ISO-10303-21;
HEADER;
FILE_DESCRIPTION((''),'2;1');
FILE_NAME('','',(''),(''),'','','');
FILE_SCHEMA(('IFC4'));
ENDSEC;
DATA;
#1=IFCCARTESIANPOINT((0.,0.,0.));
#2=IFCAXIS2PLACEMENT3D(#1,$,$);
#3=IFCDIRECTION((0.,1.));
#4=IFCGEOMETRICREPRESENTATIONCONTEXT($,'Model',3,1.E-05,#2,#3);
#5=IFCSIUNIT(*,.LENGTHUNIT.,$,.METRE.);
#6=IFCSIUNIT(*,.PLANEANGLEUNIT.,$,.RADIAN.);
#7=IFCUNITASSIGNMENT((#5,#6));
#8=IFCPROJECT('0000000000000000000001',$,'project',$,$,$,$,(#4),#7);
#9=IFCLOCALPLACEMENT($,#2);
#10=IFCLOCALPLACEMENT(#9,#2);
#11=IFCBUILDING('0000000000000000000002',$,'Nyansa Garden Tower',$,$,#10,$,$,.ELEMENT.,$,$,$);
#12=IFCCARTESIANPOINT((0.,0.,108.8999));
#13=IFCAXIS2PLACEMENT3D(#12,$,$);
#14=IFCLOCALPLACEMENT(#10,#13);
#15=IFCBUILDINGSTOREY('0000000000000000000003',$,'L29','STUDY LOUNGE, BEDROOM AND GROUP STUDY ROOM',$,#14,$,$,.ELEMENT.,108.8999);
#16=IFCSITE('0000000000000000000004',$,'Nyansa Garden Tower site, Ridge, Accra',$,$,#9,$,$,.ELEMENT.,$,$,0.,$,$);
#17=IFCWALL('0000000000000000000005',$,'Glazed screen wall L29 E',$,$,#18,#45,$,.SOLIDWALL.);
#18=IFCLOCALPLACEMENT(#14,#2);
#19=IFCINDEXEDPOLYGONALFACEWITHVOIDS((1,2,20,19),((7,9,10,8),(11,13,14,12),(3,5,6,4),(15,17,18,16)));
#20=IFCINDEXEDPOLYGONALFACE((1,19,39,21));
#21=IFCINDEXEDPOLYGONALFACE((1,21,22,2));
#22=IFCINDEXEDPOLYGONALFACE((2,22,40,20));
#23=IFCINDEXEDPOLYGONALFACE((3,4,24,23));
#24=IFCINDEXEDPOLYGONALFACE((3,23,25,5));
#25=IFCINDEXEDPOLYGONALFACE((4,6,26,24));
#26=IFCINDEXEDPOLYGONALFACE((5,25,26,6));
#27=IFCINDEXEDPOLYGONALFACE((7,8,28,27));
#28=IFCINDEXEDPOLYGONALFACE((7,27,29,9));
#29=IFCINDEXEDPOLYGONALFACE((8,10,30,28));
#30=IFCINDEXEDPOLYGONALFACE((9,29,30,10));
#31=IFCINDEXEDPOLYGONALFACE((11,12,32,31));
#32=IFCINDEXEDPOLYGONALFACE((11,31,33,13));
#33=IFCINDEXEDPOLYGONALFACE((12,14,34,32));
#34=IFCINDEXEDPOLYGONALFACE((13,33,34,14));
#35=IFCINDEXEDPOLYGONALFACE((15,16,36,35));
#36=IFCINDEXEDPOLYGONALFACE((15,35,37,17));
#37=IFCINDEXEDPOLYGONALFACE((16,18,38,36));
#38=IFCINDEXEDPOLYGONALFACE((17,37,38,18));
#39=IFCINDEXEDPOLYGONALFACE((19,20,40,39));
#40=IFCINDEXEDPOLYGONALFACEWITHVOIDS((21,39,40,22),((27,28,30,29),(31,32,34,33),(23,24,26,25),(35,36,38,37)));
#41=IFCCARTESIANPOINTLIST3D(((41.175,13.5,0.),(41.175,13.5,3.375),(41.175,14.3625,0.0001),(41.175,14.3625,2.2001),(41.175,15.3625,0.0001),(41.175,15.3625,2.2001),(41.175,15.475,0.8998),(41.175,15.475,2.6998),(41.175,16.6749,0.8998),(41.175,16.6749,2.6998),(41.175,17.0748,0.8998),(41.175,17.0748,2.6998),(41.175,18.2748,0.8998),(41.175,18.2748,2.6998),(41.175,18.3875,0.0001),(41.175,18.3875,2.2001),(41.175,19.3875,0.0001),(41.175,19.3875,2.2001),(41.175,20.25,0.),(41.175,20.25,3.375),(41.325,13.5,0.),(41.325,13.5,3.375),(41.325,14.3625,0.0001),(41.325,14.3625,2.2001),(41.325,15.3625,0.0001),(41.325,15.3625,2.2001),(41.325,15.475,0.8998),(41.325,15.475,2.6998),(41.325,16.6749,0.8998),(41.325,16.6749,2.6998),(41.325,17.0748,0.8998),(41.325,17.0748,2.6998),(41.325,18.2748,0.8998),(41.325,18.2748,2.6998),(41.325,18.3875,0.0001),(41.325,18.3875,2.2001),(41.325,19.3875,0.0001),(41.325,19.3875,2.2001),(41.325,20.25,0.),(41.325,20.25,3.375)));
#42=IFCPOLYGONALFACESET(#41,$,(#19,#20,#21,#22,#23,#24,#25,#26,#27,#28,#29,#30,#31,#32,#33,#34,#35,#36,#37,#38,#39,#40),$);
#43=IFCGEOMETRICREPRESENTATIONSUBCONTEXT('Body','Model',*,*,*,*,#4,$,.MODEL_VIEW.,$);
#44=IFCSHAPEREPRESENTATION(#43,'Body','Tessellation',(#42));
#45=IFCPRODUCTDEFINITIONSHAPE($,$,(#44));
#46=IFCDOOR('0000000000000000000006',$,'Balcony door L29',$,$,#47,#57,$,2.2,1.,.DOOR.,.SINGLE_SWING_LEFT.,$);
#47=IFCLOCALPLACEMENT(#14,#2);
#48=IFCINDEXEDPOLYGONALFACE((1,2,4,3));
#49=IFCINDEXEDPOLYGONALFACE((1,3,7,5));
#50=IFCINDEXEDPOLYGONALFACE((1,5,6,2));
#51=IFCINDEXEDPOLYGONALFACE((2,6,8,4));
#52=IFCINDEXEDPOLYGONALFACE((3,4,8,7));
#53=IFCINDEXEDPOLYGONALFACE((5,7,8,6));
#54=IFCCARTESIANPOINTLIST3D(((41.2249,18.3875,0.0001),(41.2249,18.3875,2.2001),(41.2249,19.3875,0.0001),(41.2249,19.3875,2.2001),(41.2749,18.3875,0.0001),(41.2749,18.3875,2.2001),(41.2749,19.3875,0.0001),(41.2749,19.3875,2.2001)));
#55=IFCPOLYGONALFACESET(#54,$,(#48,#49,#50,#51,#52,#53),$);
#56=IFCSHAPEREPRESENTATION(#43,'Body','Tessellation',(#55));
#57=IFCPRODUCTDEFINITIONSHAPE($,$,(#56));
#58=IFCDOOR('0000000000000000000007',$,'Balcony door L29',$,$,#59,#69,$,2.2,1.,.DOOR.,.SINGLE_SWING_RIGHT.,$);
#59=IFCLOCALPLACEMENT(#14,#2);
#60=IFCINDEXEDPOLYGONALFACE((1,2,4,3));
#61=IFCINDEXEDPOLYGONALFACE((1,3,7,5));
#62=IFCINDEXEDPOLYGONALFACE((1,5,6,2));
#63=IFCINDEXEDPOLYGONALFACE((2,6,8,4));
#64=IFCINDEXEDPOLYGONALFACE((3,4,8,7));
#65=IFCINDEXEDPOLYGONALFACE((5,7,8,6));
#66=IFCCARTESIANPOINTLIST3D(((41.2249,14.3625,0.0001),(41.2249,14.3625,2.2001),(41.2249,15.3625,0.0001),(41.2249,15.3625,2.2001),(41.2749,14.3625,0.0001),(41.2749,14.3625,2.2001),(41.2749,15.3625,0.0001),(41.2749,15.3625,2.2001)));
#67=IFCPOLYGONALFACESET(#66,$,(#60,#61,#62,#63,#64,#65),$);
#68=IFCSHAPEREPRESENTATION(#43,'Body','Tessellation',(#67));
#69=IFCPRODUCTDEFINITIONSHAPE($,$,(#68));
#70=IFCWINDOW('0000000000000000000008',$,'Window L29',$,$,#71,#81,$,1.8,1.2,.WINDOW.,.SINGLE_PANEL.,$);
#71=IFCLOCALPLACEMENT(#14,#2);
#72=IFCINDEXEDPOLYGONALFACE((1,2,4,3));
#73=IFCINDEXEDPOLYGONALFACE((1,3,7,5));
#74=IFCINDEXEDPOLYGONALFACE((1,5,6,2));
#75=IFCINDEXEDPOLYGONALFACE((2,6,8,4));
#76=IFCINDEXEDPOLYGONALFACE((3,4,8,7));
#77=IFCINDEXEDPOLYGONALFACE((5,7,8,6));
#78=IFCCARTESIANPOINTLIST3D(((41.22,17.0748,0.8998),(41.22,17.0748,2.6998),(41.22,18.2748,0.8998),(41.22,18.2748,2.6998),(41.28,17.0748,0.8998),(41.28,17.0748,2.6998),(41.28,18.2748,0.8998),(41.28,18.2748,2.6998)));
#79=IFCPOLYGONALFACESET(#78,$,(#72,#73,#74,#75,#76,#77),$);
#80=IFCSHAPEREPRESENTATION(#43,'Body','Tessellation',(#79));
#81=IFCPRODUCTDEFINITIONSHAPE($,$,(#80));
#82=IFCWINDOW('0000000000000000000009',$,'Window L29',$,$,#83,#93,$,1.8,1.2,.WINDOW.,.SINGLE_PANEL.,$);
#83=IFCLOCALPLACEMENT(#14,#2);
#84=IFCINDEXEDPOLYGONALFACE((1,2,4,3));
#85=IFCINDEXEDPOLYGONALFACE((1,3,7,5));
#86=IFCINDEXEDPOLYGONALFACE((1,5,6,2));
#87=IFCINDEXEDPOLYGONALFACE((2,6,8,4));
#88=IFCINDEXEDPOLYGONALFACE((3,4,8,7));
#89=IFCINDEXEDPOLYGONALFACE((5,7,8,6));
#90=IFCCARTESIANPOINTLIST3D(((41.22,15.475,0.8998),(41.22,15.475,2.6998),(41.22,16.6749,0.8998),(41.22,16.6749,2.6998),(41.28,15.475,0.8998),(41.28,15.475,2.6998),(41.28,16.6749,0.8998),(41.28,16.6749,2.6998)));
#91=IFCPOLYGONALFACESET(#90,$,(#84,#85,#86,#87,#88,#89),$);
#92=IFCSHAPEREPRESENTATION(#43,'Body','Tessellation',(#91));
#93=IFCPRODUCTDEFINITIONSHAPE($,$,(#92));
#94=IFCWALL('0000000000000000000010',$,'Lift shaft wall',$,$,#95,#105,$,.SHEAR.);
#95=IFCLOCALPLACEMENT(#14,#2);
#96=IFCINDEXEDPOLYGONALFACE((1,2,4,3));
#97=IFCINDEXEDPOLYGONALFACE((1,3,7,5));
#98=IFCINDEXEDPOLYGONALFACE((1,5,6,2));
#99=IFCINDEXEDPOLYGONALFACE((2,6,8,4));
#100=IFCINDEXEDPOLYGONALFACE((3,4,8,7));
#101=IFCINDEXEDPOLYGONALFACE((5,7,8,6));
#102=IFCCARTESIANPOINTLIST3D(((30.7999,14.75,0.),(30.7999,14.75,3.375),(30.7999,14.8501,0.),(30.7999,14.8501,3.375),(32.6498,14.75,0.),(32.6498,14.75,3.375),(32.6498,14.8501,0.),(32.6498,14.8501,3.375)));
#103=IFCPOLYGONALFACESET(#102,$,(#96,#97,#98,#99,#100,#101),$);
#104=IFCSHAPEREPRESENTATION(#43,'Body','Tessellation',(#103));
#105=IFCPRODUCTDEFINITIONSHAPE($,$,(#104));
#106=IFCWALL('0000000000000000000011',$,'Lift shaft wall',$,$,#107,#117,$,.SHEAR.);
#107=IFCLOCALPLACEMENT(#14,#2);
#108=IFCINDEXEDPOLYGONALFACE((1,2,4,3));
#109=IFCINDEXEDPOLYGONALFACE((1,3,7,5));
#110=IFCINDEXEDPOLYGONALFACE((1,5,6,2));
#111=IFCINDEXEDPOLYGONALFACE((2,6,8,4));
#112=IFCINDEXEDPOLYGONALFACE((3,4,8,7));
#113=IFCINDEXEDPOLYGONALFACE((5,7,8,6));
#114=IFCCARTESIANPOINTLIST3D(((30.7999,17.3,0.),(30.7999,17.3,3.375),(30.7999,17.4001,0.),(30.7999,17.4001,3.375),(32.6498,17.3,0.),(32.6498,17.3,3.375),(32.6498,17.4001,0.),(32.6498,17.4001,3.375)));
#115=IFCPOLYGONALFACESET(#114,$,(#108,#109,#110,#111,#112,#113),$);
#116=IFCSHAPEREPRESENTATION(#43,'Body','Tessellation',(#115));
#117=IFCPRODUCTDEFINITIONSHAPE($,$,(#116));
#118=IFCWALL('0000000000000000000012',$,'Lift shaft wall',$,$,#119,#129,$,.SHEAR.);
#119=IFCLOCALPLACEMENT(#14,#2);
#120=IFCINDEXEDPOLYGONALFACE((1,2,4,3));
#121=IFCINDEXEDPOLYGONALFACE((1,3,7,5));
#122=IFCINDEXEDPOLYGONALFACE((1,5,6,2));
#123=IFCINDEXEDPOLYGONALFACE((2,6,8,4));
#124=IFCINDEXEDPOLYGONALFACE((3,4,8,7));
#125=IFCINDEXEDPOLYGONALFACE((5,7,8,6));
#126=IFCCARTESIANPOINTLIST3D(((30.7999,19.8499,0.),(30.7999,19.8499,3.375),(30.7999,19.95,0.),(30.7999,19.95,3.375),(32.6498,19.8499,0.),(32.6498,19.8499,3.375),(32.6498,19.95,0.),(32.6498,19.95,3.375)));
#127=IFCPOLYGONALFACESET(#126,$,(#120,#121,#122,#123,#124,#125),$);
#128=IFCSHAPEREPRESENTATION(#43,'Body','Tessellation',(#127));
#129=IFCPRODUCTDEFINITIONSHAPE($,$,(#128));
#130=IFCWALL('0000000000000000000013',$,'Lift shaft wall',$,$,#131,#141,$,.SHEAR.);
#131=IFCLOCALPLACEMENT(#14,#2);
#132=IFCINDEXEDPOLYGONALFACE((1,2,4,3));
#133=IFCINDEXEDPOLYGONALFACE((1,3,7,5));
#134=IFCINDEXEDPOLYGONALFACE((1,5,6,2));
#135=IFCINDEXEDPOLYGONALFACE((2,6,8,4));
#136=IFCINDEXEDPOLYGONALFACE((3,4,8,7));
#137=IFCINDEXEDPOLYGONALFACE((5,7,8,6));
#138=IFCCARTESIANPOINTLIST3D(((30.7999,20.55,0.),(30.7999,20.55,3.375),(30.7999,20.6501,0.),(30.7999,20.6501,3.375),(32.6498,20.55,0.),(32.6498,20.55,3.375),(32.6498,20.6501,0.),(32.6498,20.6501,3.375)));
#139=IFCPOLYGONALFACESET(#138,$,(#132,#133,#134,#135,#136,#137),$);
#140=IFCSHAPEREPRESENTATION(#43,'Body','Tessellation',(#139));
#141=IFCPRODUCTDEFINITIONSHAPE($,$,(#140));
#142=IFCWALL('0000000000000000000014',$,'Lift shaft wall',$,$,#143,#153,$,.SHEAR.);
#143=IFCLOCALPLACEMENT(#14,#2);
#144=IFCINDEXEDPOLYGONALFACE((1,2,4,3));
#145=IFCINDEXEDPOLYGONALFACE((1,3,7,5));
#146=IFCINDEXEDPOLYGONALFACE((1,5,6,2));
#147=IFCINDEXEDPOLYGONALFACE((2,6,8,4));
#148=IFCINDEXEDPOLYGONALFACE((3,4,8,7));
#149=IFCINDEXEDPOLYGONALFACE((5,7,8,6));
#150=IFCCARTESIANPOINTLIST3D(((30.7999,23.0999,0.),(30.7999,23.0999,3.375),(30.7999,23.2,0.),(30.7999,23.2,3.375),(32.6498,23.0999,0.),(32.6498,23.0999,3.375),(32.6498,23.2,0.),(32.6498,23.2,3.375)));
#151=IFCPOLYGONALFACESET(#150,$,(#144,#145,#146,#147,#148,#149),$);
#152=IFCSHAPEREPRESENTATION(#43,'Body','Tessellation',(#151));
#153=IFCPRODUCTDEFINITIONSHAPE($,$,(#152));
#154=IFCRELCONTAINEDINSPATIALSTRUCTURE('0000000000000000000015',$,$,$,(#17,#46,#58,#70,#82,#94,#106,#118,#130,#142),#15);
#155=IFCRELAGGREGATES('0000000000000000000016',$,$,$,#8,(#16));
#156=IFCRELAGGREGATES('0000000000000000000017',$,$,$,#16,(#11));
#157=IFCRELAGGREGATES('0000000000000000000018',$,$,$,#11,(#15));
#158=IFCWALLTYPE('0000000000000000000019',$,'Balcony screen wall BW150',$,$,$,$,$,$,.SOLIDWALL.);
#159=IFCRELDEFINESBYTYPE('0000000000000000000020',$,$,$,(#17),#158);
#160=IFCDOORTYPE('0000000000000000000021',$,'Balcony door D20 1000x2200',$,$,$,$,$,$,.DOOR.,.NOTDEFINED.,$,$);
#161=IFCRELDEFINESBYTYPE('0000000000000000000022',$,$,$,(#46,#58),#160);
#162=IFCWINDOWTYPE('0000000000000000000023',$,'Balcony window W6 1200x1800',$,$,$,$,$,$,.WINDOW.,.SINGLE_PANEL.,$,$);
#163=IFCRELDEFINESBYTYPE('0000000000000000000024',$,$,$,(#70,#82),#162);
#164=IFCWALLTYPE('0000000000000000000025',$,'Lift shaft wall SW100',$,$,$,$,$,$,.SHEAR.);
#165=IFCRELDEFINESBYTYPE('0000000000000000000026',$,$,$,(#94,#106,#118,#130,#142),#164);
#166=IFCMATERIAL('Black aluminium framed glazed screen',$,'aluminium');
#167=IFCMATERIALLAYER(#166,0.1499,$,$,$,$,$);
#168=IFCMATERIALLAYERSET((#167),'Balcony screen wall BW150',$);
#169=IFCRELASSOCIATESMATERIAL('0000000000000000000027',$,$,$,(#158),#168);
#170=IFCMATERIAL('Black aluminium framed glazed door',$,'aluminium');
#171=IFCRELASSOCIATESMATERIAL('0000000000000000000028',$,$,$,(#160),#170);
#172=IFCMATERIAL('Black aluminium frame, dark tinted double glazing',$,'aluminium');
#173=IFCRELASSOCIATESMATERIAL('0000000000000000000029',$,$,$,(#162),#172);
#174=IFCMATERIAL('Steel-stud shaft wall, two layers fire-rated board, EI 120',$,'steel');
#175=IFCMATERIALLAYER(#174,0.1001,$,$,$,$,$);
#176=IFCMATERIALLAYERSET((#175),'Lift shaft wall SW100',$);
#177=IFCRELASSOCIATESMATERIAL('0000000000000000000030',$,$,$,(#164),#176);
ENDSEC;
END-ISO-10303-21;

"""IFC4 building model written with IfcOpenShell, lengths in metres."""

from ifc_helpers import new_model, si_unit, direction, frame, frame_2d, origin, place, context, subcontext, project, spatial, rectangle, extrude, material, layer, layer_set, type_object, element, fill, save


model = new_model("IFC4")

# Units and contexts
model_context = context("Model", 3, precision=1e-05, world=origin(), true_north=direction((0.0, 1.0)))
body_context = subcontext(model_context, "Body", "Model", "MODEL_VIEW")
ifc_project = project(units=[si_unit("LENGTHUNIT", "METRE"), si_unit("PLANEANGLEUNIT", "RADIAN")], contexts=[model_context])

# Site, building, storey
site_placement = place(None, origin())
site = spatial("IfcSite", under=ifc_project, at=site_placement, Name="Nyansa Garden Tower site, Ridge, Accra", CompositionType="ELEMENT", RefElevation=0.0)
building_placement = place(site_placement, origin())
building = spatial("IfcBuilding", under=site, at=building_placement, Name="Nyansa Garden Tower", CompositionType="ELEMENT")
storey_placement = place(building_placement, frame((0.0, 0.0, 108.8999)))
storey = spatial("IfcBuildingStorey", under=building, at=storey_placement, Name="L29", Description="STUDY LOUNGE, BEDROOM AND GROUP STUDY ROOM", CompositionType="ELEMENT", Elevation=108.8999)

# Wall, openings, doors, windows
ifc_material_1 = material(Name="Black aluminium framed glazed screen", Category="aluminium")
ifc_layer_1 = layer(ifc_material_1, 0.1499)
ifc_layer_set_1 = layer_set([ifc_layer_1], Name="Balcony screen wall BW150")
wall_type_1 = type_object("IfcWallType", Name="Balcony screen wall BW150", PredefinedType="SOLIDWALL", material=ifc_layer_set_1)
wall_1_placement = place(storey_placement, frame((41.25, 20.25, 0.0), z_axis=(0.0, 0.0, 1.0), x_axis=(0.0, -1.0, 0.0)))
wall_1 = element("IfcWall", 1, at=wall_1_placement, inside=storey, type_object=wall_type_1, Name="Glazed screen wall L29 E", PredefinedType="SOLIDWALL", context=body_context, shape_type="SweptSolid", body=[
    extrude(rectangle(XDim=6.75, YDim=0.1499, at=frame_2d((3.375, 0.0))), origin(), (0.0, 0.0, 1.0), 3.375),
])
opening_1_placement = place(wall_1_placement, frame((0.8625, 0.0, 0.0)))
opening_1 = element("IfcOpeningElement", 2, at=opening_1_placement, cuts=wall_1, PredefinedType="OPENING", context=body_context, shape_type="SweptSolid", body=[
    extrude(rectangle(XDim=1.0, YDim=2.2, at=frame_2d((0.5, 1.1001))), frame((0.0, 0.085, 0.0), z_axis=(0.0, -1.0, 0.0), x_axis=(1.0, 0.0, 0.0)), (0.0, 0.0, 1.0), 0.1699),
])
opening_2_placement = place(wall_1_placement, frame((1.9751, 0.0, 0.8999)))
opening_2 = element("IfcOpeningElement", 3, at=opening_2_placement, cuts=wall_1, PredefinedType="OPENING", context=body_context, shape_type="SweptSolid", body=[
    extrude(rectangle(XDim=1.2, YDim=1.8, at=frame_2d((0.6001, 0.8999))), frame((0.0, 0.085, 0.0), z_axis=(0.0, -1.0, 0.0), x_axis=(1.0, 0.0, 0.0)), (0.0, 0.0, 1.0), 0.1699),
])
opening_3_placement = place(wall_1_placement, frame((4.8875, 0.0, 0.0)))
opening_3 = element("IfcOpeningElement", 4, at=opening_3_placement, cuts=wall_1, PredefinedType="OPENING", context=body_context, shape_type="SweptSolid", body=[
    extrude(rectangle(XDim=1.0, YDim=2.2, at=frame_2d((0.5, 1.1001))), frame((0.0, 0.085, 0.0), z_axis=(0.0, -1.0, 0.0), x_axis=(1.0, 0.0, 0.0)), (0.0, 0.0, 1.0), 0.1699),
])
opening_4_placement = place(wall_1_placement, frame((3.575, 0.0, 0.8999)))
opening_4 = element("IfcOpeningElement", 5, at=opening_4_placement, cuts=wall_1, PredefinedType="OPENING", context=body_context, shape_type="SweptSolid", body=[
    extrude(rectangle(XDim=1.2, YDim=1.8, at=frame_2d((0.6001, 0.8999))), frame((0.0, 0.085, 0.0), z_axis=(0.0, -1.0, 0.0), x_axis=(1.0, 0.0, 0.0)), (0.0, 0.0, 1.0), 0.1699),
])
ifc_material_2 = material(Name="Black aluminium framed glazed door", Category="aluminium")
door_type_1 = type_object("IfcDoorType", Name="Balcony door D20 1000x2200", OperationType="NOTDEFINED", PredefinedType="DOOR", material=ifc_material_2)
door_1_placement = place(opening_1_placement, origin())
door_1 = element("IfcDoor", 6, at=door_1_placement, inside=storey, type_object=door_type_1, Name="Balcony door L29", OperationType="SINGLE_SWING_LEFT", OverallHeight=2.2, OverallWidth=1.0, PredefinedType="DOOR", context=body_context, shape_type="SweptSolid", body=[
    extrude(rectangle(XDim=1.0, YDim=2.2, at=frame_2d((0.5, 1.1001))), frame((0.0, 0.0249, 0.0), z_axis=(0.0, -1.0, 0.0), x_axis=(1.0, 0.0, 0.0)), (0.0, 0.0, 1.0), 0.05),
])
fill(opening_1, door_1)
door_2_placement = place(opening_3_placement, origin())
door_2 = element("IfcDoor", 7, at=door_2_placement, inside=storey, type_object=door_type_1, Name="Balcony door L29", OperationType="SINGLE_SWING_RIGHT", OverallHeight=2.2, OverallWidth=1.0, PredefinedType="DOOR", context=body_context, shape_type="SweptSolid", body=[
    extrude(rectangle(XDim=1.0, YDim=2.2, at=frame_2d((0.5, 1.1001))), frame((0.0, 0.0249, 0.0), z_axis=(0.0, -1.0, 0.0), x_axis=(1.0, 0.0, 0.0)), (0.0, 0.0, 1.0), 0.05),
])
fill(opening_3, door_2)
ifc_material_3 = material(Name="Black aluminium frame, dark tinted double glazing", Category="aluminium")
window_type = type_object("IfcWindowType", Name="Balcony window W6 1200x1800", PartitioningType="SINGLE_PANEL", PredefinedType="WINDOW", material=ifc_material_3)
window_1_placement = place(opening_2_placement, origin())
window_1 = element("IfcWindow", 8, at=window_1_placement, inside=storey, type_object=window_type, Name="Window L29", OverallHeight=1.8, OverallWidth=1.2, PartitioningType="SINGLE_PANEL", PredefinedType="WINDOW", context=body_context, shape_type="SweptSolid", body=[
    extrude(rectangle(XDim=1.2, YDim=1.8, at=frame_2d((0.6001, 0.8999))), frame((0.0, 0.03, 0.0), z_axis=(0.0, -1.0, 0.0), x_axis=(1.0, 0.0, 0.0)), (0.0, 0.0, 1.0), 0.0601),
])
fill(opening_2, window_1)
window_2_placement = place(opening_4_placement, origin())
window_2 = element("IfcWindow", 9, at=window_2_placement, inside=storey, type_object=window_type, Name="Window L29", OverallHeight=1.8, OverallWidth=1.2, PartitioningType="SINGLE_PANEL", PredefinedType="WINDOW", context=body_context, shape_type="SweptSolid", body=[
    extrude(rectangle(XDim=1.2, YDim=1.8, at=frame_2d((0.6001, 0.8999))), frame((0.0, 0.03, 0.0), z_axis=(0.0, -1.0, 0.0), x_axis=(1.0, 0.0, 0.0)), (0.0, 0.0, 1.0), 0.0601),
])
fill(opening_4, window_2)

# Walls
ifc_material_4 = material(Name="Steel-stud shaft wall, two layers fire-rated board, EI 120", Category="steel")
ifc_layer_2 = layer(ifc_material_4, 0.1001)
ifc_layer_set_2 = layer_set([ifc_layer_2], Name="Lift shaft wall SW100")
wall_type_2 = type_object("IfcWallType", Name="Lift shaft wall SW100", PredefinedType="SHEAR", material=ifc_layer_set_2)
for number, where, z_axis, x_axis, name in (
    (10, (30.8, 14.8, 0.0), (0.0, 0.0, 1.0), (1.0, 0.0, 0.0), "Lift shaft wall"),
    (11, (30.8, 17.3501, 0.0), (0.0, 0.0, 1.0), (1.0, 0.0, 0.0), "Lift shaft wall"),
    (12, (30.8, 19.8999, 0.0), (0.0, 0.0, 1.0), (1.0, 0.0, 0.0), "Lift shaft wall"),
    (13, (30.8, 20.6001, 0.0), (0.0, 0.0, 1.0), (1.0, 0.0, 0.0), "Lift shaft wall"),
    (14, (30.8, 23.1499, 0.0), (0.0, 0.0, 1.0), (1.0, 0.0, 0.0), "Lift shaft wall"),
):
    element("IfcWall", number, at=place(storey_placement, frame(where, z_axis=z_axis, x_axis=x_axis)), inside=storey, type_object=wall_type_2, Name=name, PredefinedType="SHEAR", context=body_context, shape_type="SweptSolid", body=[
        extrude(rectangle(XDim=1.8499, YDim=0.1001, at=frame_2d((0.9248, 0.0))), origin(), (0.0, 0.0, 1.0), 3.375),
    ])

save(model, "model.ifc")
